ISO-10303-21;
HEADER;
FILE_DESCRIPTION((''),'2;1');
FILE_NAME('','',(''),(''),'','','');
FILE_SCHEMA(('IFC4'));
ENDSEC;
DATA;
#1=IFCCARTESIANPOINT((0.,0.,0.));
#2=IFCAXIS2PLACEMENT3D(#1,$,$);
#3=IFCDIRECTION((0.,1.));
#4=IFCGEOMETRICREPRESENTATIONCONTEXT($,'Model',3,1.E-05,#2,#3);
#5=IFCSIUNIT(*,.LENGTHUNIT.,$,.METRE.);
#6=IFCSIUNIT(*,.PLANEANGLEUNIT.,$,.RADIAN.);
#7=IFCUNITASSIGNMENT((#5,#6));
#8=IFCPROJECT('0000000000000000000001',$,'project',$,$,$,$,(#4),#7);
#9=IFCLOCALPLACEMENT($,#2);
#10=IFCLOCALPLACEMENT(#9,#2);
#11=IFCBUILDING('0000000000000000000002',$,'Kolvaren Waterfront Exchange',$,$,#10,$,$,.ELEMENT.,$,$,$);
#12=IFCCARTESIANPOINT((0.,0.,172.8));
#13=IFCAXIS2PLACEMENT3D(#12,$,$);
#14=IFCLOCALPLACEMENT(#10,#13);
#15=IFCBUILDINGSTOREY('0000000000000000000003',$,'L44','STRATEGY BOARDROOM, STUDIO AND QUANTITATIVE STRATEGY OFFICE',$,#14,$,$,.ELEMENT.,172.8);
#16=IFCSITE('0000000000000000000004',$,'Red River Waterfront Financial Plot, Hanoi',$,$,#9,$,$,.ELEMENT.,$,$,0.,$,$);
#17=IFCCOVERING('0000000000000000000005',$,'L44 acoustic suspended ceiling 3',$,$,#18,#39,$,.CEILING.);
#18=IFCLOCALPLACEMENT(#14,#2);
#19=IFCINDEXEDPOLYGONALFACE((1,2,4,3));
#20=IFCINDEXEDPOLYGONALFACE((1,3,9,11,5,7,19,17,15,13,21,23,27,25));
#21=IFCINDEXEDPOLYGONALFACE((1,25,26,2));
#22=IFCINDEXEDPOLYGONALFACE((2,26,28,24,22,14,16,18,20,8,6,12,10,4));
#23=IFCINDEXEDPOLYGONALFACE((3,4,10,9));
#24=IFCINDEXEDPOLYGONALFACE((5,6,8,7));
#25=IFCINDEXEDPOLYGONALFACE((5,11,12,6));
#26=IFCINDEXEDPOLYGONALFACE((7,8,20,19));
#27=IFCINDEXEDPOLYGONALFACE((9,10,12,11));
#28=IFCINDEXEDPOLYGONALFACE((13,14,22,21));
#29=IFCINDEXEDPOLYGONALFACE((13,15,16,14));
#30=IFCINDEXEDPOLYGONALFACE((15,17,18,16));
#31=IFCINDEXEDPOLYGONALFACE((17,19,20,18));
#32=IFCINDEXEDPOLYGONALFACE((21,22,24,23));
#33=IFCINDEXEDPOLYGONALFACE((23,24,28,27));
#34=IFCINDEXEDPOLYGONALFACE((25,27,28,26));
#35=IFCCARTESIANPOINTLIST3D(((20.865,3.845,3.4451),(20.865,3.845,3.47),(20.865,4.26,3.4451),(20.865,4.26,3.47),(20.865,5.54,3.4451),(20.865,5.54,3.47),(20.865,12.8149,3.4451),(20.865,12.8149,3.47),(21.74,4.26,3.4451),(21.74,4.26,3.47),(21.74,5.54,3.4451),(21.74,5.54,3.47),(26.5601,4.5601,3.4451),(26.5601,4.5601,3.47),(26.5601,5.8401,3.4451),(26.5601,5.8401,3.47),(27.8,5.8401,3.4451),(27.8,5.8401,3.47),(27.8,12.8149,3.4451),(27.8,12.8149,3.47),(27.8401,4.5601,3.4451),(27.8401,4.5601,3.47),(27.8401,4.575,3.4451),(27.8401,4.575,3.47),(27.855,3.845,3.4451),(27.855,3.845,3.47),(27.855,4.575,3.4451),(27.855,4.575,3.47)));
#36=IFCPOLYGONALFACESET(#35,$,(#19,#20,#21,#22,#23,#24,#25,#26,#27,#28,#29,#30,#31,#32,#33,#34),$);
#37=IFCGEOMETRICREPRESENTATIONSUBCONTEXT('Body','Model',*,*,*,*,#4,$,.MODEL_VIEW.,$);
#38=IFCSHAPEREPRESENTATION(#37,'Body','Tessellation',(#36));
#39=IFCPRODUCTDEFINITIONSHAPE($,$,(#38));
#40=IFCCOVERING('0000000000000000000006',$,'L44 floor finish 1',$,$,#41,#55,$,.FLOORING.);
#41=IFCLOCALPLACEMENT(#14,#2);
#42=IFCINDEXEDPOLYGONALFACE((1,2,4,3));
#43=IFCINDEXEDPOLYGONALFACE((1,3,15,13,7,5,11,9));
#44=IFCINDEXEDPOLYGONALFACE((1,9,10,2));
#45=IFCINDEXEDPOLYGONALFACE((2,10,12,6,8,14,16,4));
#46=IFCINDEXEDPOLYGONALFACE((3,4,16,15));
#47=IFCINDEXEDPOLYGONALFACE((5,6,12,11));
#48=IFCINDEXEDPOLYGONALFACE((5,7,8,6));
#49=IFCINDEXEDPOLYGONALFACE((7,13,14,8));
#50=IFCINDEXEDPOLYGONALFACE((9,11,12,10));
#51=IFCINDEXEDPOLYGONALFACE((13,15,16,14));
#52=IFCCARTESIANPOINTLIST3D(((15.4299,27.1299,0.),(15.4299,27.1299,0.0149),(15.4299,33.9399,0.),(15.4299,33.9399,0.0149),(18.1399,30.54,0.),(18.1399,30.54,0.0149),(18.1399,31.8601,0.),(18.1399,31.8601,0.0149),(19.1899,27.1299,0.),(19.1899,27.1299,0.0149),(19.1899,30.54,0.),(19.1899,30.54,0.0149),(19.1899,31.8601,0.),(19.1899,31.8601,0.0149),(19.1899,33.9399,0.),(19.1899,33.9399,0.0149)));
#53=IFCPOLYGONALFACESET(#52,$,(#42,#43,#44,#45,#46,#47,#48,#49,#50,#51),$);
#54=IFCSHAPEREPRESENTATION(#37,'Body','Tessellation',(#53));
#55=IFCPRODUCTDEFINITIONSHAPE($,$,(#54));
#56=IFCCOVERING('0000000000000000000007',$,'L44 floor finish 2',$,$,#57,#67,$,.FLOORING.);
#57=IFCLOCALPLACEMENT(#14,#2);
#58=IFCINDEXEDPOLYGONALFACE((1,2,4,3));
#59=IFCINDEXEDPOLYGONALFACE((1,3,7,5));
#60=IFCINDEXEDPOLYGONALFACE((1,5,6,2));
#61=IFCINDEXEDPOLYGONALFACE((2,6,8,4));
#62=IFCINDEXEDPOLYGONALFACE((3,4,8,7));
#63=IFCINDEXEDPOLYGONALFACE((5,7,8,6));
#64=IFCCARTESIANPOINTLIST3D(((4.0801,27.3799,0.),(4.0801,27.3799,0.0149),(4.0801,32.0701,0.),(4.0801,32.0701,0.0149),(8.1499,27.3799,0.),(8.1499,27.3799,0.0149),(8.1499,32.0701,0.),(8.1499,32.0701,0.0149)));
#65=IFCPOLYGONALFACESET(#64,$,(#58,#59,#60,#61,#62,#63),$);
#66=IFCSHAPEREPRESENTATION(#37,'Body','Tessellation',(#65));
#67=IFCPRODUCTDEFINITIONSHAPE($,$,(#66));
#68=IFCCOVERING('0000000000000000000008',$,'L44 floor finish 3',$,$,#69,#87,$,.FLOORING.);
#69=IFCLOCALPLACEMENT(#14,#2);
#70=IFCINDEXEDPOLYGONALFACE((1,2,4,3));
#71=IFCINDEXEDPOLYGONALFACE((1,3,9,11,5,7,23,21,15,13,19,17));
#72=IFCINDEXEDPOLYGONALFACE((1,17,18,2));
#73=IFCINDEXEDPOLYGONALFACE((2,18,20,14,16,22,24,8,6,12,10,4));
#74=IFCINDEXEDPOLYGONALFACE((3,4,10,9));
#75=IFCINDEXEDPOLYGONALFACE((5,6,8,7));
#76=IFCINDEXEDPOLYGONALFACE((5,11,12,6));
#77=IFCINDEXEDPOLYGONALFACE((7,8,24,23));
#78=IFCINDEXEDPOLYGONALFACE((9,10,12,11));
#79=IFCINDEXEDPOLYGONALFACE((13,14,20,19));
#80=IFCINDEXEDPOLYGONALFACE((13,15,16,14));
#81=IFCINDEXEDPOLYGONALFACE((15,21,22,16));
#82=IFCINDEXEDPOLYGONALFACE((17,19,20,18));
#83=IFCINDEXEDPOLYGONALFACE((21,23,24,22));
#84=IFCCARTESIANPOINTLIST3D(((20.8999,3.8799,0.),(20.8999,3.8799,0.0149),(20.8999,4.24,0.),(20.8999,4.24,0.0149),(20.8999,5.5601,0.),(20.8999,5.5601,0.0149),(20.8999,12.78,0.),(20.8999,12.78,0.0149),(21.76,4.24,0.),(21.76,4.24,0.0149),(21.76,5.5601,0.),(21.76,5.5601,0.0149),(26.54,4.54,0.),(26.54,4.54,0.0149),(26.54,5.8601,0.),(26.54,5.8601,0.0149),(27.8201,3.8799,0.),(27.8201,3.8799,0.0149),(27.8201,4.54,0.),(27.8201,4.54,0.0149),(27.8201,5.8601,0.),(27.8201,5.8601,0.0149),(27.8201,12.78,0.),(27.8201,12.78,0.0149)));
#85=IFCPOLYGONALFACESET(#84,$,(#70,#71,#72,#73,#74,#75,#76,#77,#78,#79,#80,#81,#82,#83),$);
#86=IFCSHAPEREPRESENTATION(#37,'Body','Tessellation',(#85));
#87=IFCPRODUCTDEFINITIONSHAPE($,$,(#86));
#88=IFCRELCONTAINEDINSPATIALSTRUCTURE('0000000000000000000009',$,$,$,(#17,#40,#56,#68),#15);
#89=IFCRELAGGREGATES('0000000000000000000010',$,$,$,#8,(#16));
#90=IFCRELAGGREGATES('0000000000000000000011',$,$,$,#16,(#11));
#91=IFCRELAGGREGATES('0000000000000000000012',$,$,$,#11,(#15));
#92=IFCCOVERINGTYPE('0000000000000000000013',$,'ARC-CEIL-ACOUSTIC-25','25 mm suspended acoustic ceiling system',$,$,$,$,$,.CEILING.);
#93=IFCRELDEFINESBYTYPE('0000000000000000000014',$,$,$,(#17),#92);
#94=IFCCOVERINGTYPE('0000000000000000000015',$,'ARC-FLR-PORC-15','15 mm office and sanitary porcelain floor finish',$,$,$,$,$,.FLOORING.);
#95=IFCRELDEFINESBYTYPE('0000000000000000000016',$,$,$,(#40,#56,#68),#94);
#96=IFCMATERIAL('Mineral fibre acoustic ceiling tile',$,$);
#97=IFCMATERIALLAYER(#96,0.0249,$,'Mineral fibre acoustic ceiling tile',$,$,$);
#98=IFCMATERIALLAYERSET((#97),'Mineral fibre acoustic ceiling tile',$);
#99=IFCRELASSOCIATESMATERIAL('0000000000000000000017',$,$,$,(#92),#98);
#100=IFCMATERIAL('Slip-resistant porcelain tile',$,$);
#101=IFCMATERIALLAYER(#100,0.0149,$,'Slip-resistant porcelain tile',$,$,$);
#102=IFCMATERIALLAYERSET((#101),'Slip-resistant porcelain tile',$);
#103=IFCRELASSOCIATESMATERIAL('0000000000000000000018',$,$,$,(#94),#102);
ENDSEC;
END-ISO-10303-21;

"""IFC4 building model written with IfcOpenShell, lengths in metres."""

from ifc_helpers import new_model, si_unit, direction, frame, origin, place, context, subcontext, project, spatial, polyline, outline, extrude, material, layer, layer_set, type_object, element, save


model = new_model("IFC4")

# Units and contexts
model_context = context("Model", 3, precision=1e-05, world=origin(), true_north=direction((0.0, 1.0)))
body_context = subcontext(model_context, "Body", "Model", "MODEL_VIEW")
ifc_project = project(units=[si_unit("LENGTHUNIT", "METRE"), si_unit("PLANEANGLEUNIT", "RADIAN")], contexts=[model_context])

# Site, building, storey
site_placement = place(None, origin())
site = spatial("IfcSite", under=ifc_project, at=site_placement, Name="Red River Waterfront Financial Plot, Hanoi", CompositionType="ELEMENT", RefElevation=0.0)
building_placement = place(site_placement, origin())
building = spatial("IfcBuilding", under=site, at=building_placement, Name="Kolvaren Waterfront Exchange", CompositionType="ELEMENT")
storey_placement = place(building_placement, frame((0.0, 0.0, 172.8)))
storey = spatial("IfcBuildingStorey", under=building, at=storey_placement, Name="L44", Description="STRATEGY BOARDROOM, STUDIO AND QUANTITATIVE STRATEGY OFFICE", CompositionType="ELEMENT", Elevation=172.8)

# Coverings
ifc_material_1 = material(Name="Mineral fibre acoustic ceiling tile")
ifc_layer_1 = layer(ifc_material_1, 0.0249, Name="Mineral fibre acoustic ceiling tile")
ifc_layer_set_1 = layer_set([ifc_layer_1], Name="Mineral fibre acoustic ceiling tile")
covering_type_1 = type_object("IfcCoveringType", Name="ARC-CEIL-ACOUSTIC-25", Description="25 mm suspended acoustic ceiling system", PredefinedType="CEILING", material=ifc_layer_set_1)
covering_1_placement = place(storey_placement, frame((0.0, 0.0, 3.4451)))
element("IfcCovering", 1, at=covering_1_placement, inside=storey, type_object=covering_type_1, Name="L44 acoustic suspended ceiling 3", PredefinedType="CEILING", context=body_context, shape_type="SweptSolid", body=[
    extrude(outline(polyline([(20.865, 5.54), (21.74, 5.54), (21.74, 4.26), (20.865, 4.26), (20.865, 3.845), (27.855, 3.845), (27.855, 4.575), (27.8401, 4.575), (27.8401, 4.5601), (26.5601, 4.5601), (26.5601, 5.8401), (27.8, 5.8401), (27.8, 12.8149), (20.865, 12.8149), (20.865, 5.54)])), origin(), (0.0, 0.0, 1.0), 0.0249),
])
ifc_material_2 = material(Name="Slip-resistant porcelain tile")
ifc_layer_2 = layer(ifc_material_2, 0.0149, Name="Slip-resistant porcelain tile")
ifc_layer_set_2 = layer_set([ifc_layer_2], Name="Slip-resistant porcelain tile")
covering_type_2 = type_object("IfcCoveringType", Name="ARC-FLR-PORC-15", Description="15 mm office and sanitary porcelain floor finish", PredefinedType="FLOORING", material=ifc_layer_set_2)
covering_2_placement = place(storey_placement, origin())
element("IfcCovering", 2, at=covering_2_placement, inside=storey, type_object=covering_type_2, Name="L44 floor finish 1", PredefinedType="FLOORING", context=body_context, shape_type="SweptSolid", body=[
    extrude(outline(polyline([(15.4299, 33.9399), (15.4299, 27.1299), (19.1899, 27.1299), (19.1899, 30.54), (18.1399, 30.54), (18.1399, 31.8601), (19.1899, 31.8601), (19.1899, 33.9399), (15.4299, 33.9399)])), origin(), (0.0, 0.0, 1.0), 0.0149),
])
covering_3_placement = place(storey_placement, origin())
element("IfcCovering", 3, at=covering_3_placement, inside=storey, type_object=covering_type_2, Name="L44 floor finish 2", PredefinedType="FLOORING", context=body_context, shape_type="SweptSolid", body=[
    extrude(outline(polyline([(4.0801, 32.0701), (4.0801, 27.3799), (8.1499, 27.3799), (8.1499, 32.0701), (4.0801, 32.0701)])), origin(), (0.0, 0.0, 1.0), 0.0149),
])
covering_4_placement = place(storey_placement, origin())
element("IfcCovering", 4, at=covering_4_placement, inside=storey, type_object=covering_type_2, Name="L44 floor finish 3", PredefinedType="FLOORING", context=body_context, shape_type="SweptSolid", body=[
    extrude(outline(polyline([(20.8999, 4.24), (20.8999, 3.8799), (27.8201, 3.8799), (27.8201, 4.54), (26.54, 4.54), (26.54, 5.8601), (27.8201, 5.8601), (27.8201, 12.78), (20.8999, 12.78), (20.8999, 5.5601), (21.76, 5.5601), (21.76, 4.24), (20.8999, 4.24)])), origin(), (0.0, 0.0, 1.0), 0.0149),
])

save(model, "model.ifc")
